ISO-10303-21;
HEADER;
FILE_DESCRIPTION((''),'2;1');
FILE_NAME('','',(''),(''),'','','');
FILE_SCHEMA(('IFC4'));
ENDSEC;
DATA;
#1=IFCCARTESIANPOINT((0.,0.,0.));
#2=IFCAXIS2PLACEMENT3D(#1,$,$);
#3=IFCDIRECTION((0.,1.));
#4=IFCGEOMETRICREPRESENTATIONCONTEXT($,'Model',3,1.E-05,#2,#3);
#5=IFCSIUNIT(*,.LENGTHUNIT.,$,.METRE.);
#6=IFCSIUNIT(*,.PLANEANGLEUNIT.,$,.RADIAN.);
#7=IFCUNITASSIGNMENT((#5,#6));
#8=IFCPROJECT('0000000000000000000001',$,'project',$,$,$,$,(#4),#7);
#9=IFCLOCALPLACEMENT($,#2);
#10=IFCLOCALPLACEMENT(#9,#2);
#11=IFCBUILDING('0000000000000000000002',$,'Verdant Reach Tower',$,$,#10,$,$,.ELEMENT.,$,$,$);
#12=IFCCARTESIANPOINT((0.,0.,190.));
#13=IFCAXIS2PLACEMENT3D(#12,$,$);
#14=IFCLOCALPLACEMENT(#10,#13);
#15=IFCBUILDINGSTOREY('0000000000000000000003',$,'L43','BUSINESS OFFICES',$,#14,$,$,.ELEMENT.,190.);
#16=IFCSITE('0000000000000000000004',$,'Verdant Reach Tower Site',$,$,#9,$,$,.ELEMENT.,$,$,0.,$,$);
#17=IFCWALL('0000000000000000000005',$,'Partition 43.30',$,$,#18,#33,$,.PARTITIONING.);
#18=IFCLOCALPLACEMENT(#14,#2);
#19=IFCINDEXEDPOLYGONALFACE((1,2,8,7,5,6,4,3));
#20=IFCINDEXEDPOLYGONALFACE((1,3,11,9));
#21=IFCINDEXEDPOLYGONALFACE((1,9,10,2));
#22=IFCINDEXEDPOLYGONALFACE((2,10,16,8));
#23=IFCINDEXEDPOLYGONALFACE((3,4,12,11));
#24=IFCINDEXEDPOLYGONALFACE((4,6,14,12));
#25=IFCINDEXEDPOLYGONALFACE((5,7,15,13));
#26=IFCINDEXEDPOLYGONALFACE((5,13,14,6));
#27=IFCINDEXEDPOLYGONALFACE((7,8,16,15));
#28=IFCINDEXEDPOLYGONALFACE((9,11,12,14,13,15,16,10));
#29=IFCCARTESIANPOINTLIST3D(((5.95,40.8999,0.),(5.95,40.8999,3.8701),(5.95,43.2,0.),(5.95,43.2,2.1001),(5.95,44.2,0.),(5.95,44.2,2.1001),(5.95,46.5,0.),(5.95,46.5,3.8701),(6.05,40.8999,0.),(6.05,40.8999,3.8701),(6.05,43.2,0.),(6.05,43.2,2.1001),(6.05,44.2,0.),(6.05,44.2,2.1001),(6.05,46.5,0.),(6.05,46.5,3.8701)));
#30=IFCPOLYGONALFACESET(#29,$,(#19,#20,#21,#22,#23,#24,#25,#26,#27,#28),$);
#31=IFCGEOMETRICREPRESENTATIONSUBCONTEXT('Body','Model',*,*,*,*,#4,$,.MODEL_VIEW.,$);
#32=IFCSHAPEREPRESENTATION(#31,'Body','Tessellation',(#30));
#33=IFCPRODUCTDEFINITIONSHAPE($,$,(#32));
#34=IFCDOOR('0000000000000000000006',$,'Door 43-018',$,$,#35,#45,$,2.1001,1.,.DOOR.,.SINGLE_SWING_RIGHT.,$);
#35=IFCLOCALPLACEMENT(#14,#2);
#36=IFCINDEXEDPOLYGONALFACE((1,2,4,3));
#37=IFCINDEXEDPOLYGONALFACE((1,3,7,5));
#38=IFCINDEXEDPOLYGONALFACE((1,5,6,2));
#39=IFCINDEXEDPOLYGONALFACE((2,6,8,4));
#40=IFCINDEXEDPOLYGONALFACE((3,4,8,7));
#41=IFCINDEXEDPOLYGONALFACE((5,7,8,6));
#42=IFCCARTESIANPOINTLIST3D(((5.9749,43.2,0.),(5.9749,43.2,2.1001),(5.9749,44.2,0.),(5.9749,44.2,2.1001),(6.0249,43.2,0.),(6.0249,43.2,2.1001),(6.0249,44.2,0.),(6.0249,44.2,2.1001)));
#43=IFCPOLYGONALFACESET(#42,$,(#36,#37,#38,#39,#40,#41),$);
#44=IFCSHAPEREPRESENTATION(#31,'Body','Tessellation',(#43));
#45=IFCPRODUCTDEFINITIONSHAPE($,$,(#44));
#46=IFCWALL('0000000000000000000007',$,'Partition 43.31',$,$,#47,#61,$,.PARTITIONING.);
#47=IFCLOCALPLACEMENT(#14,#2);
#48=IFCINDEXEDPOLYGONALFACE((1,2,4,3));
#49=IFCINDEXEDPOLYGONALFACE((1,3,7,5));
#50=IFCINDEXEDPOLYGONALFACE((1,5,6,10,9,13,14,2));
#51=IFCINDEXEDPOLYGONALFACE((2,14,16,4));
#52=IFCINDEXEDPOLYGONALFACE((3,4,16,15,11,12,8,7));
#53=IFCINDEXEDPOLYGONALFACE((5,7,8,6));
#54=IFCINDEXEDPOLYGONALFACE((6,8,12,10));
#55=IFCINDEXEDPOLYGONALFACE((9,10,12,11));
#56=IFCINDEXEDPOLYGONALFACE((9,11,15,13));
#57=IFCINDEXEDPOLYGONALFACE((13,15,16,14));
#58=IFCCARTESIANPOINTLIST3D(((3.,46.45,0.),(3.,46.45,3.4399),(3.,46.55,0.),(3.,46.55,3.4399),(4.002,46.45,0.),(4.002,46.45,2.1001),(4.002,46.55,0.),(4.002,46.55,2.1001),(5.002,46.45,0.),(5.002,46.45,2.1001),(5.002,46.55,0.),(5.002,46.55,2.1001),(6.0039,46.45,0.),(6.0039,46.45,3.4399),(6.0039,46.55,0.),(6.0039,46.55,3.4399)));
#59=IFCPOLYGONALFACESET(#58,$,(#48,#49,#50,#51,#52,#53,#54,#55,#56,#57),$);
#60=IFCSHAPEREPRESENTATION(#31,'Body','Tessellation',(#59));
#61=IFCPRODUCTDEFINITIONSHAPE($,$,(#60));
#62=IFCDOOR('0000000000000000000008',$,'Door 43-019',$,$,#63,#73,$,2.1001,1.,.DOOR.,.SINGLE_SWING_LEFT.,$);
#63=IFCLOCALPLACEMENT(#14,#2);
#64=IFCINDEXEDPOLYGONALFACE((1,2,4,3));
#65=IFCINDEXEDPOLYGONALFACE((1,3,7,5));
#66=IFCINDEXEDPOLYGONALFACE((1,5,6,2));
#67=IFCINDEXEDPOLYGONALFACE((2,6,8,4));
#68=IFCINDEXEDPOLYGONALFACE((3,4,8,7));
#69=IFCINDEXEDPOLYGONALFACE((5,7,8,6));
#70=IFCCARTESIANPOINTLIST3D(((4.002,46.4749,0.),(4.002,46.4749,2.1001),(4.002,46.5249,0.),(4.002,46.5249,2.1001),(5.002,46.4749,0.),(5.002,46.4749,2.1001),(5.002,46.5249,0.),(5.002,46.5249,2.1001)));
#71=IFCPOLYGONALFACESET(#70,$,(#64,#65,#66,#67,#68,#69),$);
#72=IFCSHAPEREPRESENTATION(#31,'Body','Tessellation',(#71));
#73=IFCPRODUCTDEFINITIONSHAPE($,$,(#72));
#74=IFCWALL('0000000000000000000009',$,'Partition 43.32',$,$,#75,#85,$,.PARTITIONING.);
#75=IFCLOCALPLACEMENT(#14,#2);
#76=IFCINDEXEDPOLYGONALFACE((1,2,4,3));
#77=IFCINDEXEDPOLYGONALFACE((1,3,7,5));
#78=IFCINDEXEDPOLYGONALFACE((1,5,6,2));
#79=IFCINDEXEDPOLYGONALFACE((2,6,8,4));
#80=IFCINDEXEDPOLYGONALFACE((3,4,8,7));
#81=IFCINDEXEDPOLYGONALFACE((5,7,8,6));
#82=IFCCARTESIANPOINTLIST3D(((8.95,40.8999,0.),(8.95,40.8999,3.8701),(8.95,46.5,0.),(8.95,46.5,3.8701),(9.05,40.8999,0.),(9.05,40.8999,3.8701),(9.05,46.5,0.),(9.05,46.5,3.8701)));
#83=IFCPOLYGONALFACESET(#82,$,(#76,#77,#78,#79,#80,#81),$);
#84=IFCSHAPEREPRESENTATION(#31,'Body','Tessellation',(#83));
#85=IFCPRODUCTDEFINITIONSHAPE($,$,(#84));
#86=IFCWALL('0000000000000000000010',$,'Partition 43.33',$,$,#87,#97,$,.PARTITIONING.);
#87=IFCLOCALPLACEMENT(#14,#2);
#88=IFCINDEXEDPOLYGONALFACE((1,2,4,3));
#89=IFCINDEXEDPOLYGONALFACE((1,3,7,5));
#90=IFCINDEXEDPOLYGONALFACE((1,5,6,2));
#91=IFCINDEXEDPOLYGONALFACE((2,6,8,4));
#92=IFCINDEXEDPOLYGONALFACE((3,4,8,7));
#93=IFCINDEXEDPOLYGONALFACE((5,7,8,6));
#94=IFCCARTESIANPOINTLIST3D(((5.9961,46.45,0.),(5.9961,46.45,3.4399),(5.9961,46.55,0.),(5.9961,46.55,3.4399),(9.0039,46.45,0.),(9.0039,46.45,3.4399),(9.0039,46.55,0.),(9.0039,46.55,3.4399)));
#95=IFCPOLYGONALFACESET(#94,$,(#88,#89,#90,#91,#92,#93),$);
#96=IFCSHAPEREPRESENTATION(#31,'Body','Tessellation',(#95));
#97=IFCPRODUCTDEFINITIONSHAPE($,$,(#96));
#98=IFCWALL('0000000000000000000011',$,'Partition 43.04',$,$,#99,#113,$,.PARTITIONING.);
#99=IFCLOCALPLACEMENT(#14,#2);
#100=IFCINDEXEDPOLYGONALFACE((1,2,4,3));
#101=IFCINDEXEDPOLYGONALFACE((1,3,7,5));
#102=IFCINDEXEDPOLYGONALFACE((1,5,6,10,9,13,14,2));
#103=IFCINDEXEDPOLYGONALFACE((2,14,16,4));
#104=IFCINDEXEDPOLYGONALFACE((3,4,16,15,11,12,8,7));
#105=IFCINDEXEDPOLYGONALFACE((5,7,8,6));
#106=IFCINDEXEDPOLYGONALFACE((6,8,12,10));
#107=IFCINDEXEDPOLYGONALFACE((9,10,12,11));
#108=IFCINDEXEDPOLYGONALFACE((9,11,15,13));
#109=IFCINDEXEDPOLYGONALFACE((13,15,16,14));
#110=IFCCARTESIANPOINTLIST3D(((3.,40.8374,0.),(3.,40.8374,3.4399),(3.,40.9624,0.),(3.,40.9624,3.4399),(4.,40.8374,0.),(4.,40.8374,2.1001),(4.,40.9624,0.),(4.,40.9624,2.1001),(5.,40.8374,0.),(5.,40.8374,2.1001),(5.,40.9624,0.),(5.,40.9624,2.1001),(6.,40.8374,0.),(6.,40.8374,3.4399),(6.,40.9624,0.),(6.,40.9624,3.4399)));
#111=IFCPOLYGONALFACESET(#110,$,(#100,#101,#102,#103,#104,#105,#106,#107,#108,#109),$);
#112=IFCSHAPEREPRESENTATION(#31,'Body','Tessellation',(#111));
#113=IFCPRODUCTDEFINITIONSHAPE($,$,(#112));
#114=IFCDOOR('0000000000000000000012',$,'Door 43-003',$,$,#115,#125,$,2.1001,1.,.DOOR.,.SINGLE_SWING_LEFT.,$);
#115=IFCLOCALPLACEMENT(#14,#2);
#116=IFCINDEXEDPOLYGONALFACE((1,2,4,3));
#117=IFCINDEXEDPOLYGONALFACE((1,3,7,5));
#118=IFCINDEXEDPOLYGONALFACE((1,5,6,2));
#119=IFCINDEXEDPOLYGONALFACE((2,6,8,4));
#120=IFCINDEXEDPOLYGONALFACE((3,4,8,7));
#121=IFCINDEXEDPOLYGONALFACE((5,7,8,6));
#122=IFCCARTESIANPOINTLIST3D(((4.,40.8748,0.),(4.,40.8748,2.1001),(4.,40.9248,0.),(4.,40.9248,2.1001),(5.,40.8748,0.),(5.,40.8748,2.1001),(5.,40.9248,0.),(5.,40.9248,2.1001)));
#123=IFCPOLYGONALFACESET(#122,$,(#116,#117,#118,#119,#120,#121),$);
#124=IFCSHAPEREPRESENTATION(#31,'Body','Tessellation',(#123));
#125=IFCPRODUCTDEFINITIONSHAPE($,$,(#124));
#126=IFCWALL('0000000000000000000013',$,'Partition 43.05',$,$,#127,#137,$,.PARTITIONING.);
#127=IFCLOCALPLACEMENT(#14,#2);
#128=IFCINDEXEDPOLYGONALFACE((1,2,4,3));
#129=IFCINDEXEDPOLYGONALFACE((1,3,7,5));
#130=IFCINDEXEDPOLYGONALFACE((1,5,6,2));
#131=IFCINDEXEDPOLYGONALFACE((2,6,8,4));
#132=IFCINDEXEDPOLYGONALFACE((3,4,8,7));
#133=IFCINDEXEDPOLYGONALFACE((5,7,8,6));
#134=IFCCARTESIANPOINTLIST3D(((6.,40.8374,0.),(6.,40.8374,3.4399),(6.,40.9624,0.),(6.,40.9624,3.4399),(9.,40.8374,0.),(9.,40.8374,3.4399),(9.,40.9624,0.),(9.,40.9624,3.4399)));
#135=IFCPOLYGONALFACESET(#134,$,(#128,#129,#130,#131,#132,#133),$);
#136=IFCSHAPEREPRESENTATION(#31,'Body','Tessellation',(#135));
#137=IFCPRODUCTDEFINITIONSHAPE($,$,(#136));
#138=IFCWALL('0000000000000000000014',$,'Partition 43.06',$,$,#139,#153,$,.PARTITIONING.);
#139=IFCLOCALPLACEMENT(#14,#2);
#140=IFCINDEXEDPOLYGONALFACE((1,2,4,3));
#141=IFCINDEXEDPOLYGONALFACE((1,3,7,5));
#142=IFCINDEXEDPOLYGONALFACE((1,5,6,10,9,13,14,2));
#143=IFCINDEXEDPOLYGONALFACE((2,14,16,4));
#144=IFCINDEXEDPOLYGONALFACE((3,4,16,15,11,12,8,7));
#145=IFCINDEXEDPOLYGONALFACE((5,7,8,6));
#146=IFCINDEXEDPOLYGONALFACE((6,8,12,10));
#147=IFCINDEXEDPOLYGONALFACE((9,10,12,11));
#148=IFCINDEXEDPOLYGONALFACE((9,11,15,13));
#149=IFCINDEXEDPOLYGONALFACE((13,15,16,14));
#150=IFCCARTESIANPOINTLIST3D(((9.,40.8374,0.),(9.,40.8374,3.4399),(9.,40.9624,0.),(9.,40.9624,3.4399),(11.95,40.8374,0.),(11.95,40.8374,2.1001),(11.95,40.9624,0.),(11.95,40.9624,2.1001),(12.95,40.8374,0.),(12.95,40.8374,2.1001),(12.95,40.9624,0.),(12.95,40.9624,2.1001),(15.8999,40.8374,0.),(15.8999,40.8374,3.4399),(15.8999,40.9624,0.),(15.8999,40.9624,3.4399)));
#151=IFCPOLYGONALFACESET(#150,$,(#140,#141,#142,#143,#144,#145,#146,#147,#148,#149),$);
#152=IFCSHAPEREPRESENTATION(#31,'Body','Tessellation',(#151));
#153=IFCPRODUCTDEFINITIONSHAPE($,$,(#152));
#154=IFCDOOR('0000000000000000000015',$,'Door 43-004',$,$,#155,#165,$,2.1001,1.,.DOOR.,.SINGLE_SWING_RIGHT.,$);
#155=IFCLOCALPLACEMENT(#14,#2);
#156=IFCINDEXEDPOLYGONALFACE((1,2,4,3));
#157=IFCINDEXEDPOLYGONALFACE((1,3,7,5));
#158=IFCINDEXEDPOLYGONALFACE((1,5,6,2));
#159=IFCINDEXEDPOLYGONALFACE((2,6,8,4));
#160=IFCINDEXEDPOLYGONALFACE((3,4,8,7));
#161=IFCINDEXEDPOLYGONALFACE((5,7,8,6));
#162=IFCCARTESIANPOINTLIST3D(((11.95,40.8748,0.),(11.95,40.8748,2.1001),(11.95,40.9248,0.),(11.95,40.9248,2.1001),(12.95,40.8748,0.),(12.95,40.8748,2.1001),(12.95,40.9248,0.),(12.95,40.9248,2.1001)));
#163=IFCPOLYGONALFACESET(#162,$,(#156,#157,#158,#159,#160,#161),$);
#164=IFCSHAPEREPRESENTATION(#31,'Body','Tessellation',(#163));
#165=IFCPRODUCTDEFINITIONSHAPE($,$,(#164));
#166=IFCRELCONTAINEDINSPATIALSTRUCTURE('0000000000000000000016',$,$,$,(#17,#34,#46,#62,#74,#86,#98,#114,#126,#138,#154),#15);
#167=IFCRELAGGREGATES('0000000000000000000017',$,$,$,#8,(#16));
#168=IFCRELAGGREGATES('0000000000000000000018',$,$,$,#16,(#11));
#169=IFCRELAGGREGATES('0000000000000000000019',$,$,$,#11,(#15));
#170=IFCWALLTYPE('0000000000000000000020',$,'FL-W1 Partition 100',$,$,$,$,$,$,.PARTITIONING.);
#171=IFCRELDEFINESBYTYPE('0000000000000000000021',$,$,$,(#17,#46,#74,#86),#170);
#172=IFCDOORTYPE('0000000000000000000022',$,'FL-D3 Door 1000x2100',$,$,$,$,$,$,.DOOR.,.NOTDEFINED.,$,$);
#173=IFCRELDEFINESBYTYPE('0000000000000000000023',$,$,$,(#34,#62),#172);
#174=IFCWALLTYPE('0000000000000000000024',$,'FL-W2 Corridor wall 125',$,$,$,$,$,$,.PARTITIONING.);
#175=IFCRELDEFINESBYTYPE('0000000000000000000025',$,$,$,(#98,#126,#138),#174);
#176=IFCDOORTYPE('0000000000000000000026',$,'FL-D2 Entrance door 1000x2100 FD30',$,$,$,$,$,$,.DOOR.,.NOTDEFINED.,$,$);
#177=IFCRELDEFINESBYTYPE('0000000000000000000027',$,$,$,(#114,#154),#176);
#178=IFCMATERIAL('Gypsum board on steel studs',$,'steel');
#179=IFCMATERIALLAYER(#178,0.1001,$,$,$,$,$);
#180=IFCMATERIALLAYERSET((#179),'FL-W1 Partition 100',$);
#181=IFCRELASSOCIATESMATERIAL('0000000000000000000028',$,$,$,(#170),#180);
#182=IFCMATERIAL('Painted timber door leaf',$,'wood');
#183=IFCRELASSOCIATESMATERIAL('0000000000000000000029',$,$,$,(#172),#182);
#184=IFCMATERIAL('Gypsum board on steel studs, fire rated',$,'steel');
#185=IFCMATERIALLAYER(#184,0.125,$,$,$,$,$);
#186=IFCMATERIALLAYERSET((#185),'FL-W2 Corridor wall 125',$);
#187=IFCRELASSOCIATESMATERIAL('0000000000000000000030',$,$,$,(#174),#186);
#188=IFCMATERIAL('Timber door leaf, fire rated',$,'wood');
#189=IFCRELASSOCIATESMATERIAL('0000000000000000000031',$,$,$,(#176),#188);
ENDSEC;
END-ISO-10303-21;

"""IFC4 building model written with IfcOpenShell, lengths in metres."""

from ifc_helpers import new_model, si_unit, direction, frame, frame_2d, origin, place, context, subcontext, project, spatial, rectangle, extrude, material, layer, layer_set, type_object, element, fill, save


model = new_model("IFC4")

# Units and contexts
model_context = context("Model", 3, precision=1e-05, world=origin(), true_north=direction((0.0, 1.0)))
body_context = subcontext(model_context, "Body", "Model", "MODEL_VIEW")
ifc_project = project(units=[si_unit("LENGTHUNIT", "METRE"), si_unit("PLANEANGLEUNIT", "RADIAN")], contexts=[model_context])

# Site, building, storey
site_placement = place(None, origin())
site = spatial("IfcSite", under=ifc_project, at=site_placement, Name="Verdant Reach Tower Site", CompositionType="ELEMENT", RefElevation=0.0)
building_placement = place(site_placement, origin())
building = spatial("IfcBuilding", under=site, at=building_placement, Name="Verdant Reach Tower", CompositionType="ELEMENT")
storey_placement = place(building_placement, frame((0.0, 0.0, 190.0)))
storey = spatial("IfcBuildingStorey", under=building, at=storey_placement, Name="L43", Description="BUSINESS OFFICES", CompositionType="ELEMENT", Elevation=190.0)

# Shared definitions
ifc_material_1 = material(Name="Gypsum board on steel studs", Category="steel")
ifc_layer_1 = layer(ifc_material_1, 0.1001)
ifc_layer_set_1 = layer_set([ifc_layer_1], Name="FL-W1 Partition 100")
wall_type_1 = type_object("IfcWallType", Name="FL-W1 Partition 100", PredefinedType="PARTITIONING", material=ifc_layer_set_1)

# Walls, openings, doors
wall_1_placement = place(storey_placement, frame((6.0, 46.5, 0.0), z_axis=(0.0, 0.0, 1.0), x_axis=(0.0, -1.0, 0.0)))
wall_1 = element("IfcWall", 1, at=wall_1_placement, inside=storey, type_object=wall_type_1, Name="Partition 43.30", PredefinedType="PARTITIONING", context=body_context, shape_type="SweptSolid", body=[
    extrude(rectangle(XDim=5.6001, YDim=0.1001, at=frame_2d((2.8, 0.0))), origin(), (0.0, 0.0, 1.0), 3.8701),
])
opening_1_placement = place(wall_1_placement, frame((2.3, 0.0, 0.0)))
opening_1 = element("IfcOpeningElement", 2, at=opening_1_placement, cuts=wall_1, PredefinedType="OPENING", context=body_context, shape_type="SweptSolid", body=[
    extrude(rectangle(XDim=1.0, YDim=2.1001, at=frame_2d((0.5, 1.05))), frame((0.0, 0.0601, 0.0), z_axis=(0.0, -1.0, 0.0), x_axis=(1.0, 0.0, 0.0)), (0.0, 0.0, 1.0), 0.1201),
])
ifc_material_2 = material(Name="Painted timber door leaf", Category="wood")
door_type_1 = type_object("IfcDoorType", Name="FL-D3 Door 1000x2100", OperationType="NOTDEFINED", PredefinedType="DOOR", material=ifc_material_2)
door_1_placement = place(opening_1_placement, origin())
door_1 = element("IfcDoor", 3, at=door_1_placement, inside=storey, type_object=door_type_1, Name="Door 43-018", OperationType="SINGLE_SWING_RIGHT", OverallHeight=2.1001, OverallWidth=1.0, PredefinedType="DOOR", context=body_context, shape_type="SweptSolid", body=[
    extrude(rectangle(XDim=1.0, YDim=2.1001, at=frame_2d((0.5, 1.05))), frame((0.0, 0.0249, 0.0), z_axis=(0.0, -1.0, 0.0), x_axis=(1.0, 0.0, 0.0)), (0.0, 0.0, 1.0), 0.05),
])
fill(opening_1, door_1)
wall_2_placement = place(storey_placement, frame((3.0, 46.5, 0.0), z_axis=(0.0, 0.0, 1.0), x_axis=(1.0, 0.0, 0.0)))
wall_2 = element("IfcWall", 4, at=wall_2_placement, inside=storey, type_object=wall_type_1, Name="Partition 43.31", PredefinedType="PARTITIONING", context=body_context, shape_type="SweptSolid", body=[
    extrude(rectangle(XDim=3.0039, YDim=0.1001, at=frame_2d((1.502, 0.0))), origin(), (0.0, 0.0, 1.0), 3.4399),
])
opening_2_placement = place(wall_2_placement, frame((1.002, 0.0, 0.0)))
opening_2 = element("IfcOpeningElement", 5, at=opening_2_placement, cuts=wall_2, PredefinedType="OPENING", context=body_context, shape_type="SweptSolid", body=[
    extrude(rectangle(XDim=1.0, YDim=2.1001, at=frame_2d((0.5, 1.05))), frame((0.0, 0.0601, 0.0), z_axis=(0.0, -1.0, 0.0), x_axis=(1.0, 0.0, 0.0)), (0.0, 0.0, 1.0), 0.1201),
])
door_2_placement = place(opening_2_placement, origin())
door_2 = element("IfcDoor", 6, at=door_2_placement, inside=storey, type_object=door_type_1, Name="Door 43-019", OperationType="SINGLE_SWING_LEFT", OverallHeight=2.1001, OverallWidth=1.0, PredefinedType="DOOR", context=body_context, shape_type="SweptSolid", body=[
    extrude(rectangle(XDim=1.0, YDim=2.1001, at=frame_2d((0.5, 1.05))), frame((0.0, 0.0249, 0.0), z_axis=(0.0, -1.0, 0.0), x_axis=(1.0, 0.0, 0.0)), (0.0, 0.0, 1.0), 0.05),
])
fill(opening_2, door_2)

# Walls
wall_3_placement = place(storey_placement, frame((9.0, 40.8999, 0.0), z_axis=(0.0, 0.0, 1.0), x_axis=(0.0, 1.0, 0.0)))
element("IfcWall", 7, at=wall_3_placement, inside=storey, type_object=wall_type_1, Name="Partition 43.32", PredefinedType="PARTITIONING", context=body_context, shape_type="SweptSolid", body=[
    extrude(rectangle(XDim=5.6001, YDim=0.1001, at=frame_2d((2.8, 0.0))), origin(), (0.0, 0.0, 1.0), 3.8701),
])
wall_4_placement = place(storey_placement, frame((9.0039, 46.5, 0.0), z_axis=(0.0, 0.0, 1.0), x_axis=(-1.0, 0.0, 0.0)))
element("IfcWall", 8, at=wall_4_placement, inside=storey, type_object=wall_type_1, Name="Partition 43.33", PredefinedType="PARTITIONING", context=body_context, shape_type="SweptSolid", body=[
    extrude(rectangle(XDim=3.0078, YDim=0.1001, at=frame_2d((1.5039, 0.0))), origin(), (0.0, 0.0, 1.0), 3.4399),
])

# Wall, opening, door
ifc_material_3 = material(Name="Gypsum board on steel studs, fire rated", Category="steel")
ifc_layer_2 = layer(ifc_material_3, 0.125)
ifc_layer_set_2 = layer_set([ifc_layer_2], Name="FL-W2 Corridor wall 125")
wall_type_2 = type_object("IfcWallType", Name="FL-W2 Corridor wall 125", PredefinedType="PARTITIONING", material=ifc_layer_set_2)
wall_5_placement = place(storey_placement, frame((3.0, 40.8999, 0.0), z_axis=(0.0, 0.0, 1.0), x_axis=(1.0, 0.0, 0.0)))
wall_5 = element("IfcWall", 9, at=wall_5_placement, inside=storey, type_object=wall_type_2, Name="Partition 43.04", PredefinedType="PARTITIONING", context=body_context, shape_type="SweptSolid", body=[
    extrude(rectangle(XDim=3.0, YDim=0.125, at=frame_2d((1.5, 0.0))), origin(), (0.0, 0.0, 1.0), 3.4399),
])
opening_3_placement = place(wall_5_placement, frame((1.0, 0.0, 0.0)))
opening_3 = element("IfcOpeningElement", 10, at=opening_3_placement, cuts=wall_5, PredefinedType="OPENING", context=body_context, shape_type="SweptSolid", body=[
    extrude(rectangle(XDim=1.0, YDim=2.1001, at=frame_2d((0.5, 1.05))), frame((0.0, 0.0725, 0.0), z_axis=(0.0, -1.0, 0.0), x_axis=(1.0, 0.0, 0.0)), (0.0, 0.0, 1.0), 0.145),
])
ifc_material_4 = material(Name="Timber door leaf, fire rated", Category="wood")
door_type_2 = type_object("IfcDoorType", Name="FL-D2 Entrance door 1000x2100 FD30", OperationType="NOTDEFINED", PredefinedType="DOOR", material=ifc_material_4)
door_3_placement = place(opening_3_placement, origin())
door_3 = element("IfcDoor", 11, at=door_3_placement, inside=storey, type_object=door_type_2, Name="Door 43-003", OperationType="SINGLE_SWING_LEFT", OverallHeight=2.1001, OverallWidth=1.0, PredefinedType="DOOR", context=body_context, shape_type="SweptSolid", body=[
    extrude(rectangle(XDim=1.0, YDim=2.1001, at=frame_2d((0.5, 1.05))), frame((0.0, 0.0249, 0.0), z_axis=(0.0, -1.0, 0.0), x_axis=(1.0, 0.0, 0.0)), (0.0, 0.0, 1.0), 0.05),
])
fill(opening_3, door_3)

# Wall
wall_6_placement = place(storey_placement, frame((9.0, 40.8999, 0.0), z_axis=(0.0, 0.0, 1.0), x_axis=(-1.0, 0.0, 0.0)))
element("IfcWall", 12, at=wall_6_placement, inside=storey, type_object=wall_type_2, Name="Partition 43.05", PredefinedType="PARTITIONING", context=body_context, shape_type="SweptSolid", body=[
    extrude(rectangle(XDim=3.0, YDim=0.125, at=frame_2d((1.5, 0.0))), origin(), (0.0, 0.0, 1.0), 3.4399),
])

# Wall, opening, door
wall_7_placement = place(storey_placement, frame((9.0, 40.8999, 0.0), z_axis=(0.0, 0.0, 1.0), x_axis=(1.0, 0.0, 0.0)))
wall_7 = element("IfcWall", 13, at=wall_7_placement, inside=storey, type_object=wall_type_2, Name="Partition 43.06", PredefinedType="PARTITIONING", context=body_context, shape_type="SweptSolid", body=[
    extrude(rectangle(XDim=6.8999, YDim=0.125, at=frame_2d((3.45, 0.0))), origin(), (0.0, 0.0, 1.0), 3.4399),
])
opening_4_placement = place(wall_7_placement, frame((2.95, 0.0, 0.0)))
opening_4 = element("IfcOpeningElement", 14, at=opening_4_placement, cuts=wall_7, PredefinedType="OPENING", context=body_context, shape_type="SweptSolid", body=[
    extrude(rectangle(XDim=1.0, YDim=2.1001, at=frame_2d((0.5, 1.05))), frame((0.0, 0.0725, 0.0), z_axis=(0.0, -1.0, 0.0), x_axis=(1.0, 0.0, 0.0)), (0.0, 0.0, 1.0), 0.145),
])
door_4_placement = place(opening_4_placement, origin())
door_4 = element("IfcDoor", 15, at=door_4_placement, inside=storey, type_object=door_type_2, Name="Door 43-004", OperationType="SINGLE_SWING_RIGHT", OverallHeight=2.1001, OverallWidth=1.0, PredefinedType="DOOR", context=body_context, shape_type="SweptSolid", body=[
    extrude(rectangle(XDim=1.0, YDim=2.1001, at=frame_2d((0.5, 1.05))), frame((0.0, 0.0249, 0.0), z_axis=(0.0, -1.0, 0.0), x_axis=(1.0, 0.0, 0.0)), (0.0, 0.0, 1.0), 0.05),
])
fill(opening_4, door_4)

save(model, "model.ifc")
